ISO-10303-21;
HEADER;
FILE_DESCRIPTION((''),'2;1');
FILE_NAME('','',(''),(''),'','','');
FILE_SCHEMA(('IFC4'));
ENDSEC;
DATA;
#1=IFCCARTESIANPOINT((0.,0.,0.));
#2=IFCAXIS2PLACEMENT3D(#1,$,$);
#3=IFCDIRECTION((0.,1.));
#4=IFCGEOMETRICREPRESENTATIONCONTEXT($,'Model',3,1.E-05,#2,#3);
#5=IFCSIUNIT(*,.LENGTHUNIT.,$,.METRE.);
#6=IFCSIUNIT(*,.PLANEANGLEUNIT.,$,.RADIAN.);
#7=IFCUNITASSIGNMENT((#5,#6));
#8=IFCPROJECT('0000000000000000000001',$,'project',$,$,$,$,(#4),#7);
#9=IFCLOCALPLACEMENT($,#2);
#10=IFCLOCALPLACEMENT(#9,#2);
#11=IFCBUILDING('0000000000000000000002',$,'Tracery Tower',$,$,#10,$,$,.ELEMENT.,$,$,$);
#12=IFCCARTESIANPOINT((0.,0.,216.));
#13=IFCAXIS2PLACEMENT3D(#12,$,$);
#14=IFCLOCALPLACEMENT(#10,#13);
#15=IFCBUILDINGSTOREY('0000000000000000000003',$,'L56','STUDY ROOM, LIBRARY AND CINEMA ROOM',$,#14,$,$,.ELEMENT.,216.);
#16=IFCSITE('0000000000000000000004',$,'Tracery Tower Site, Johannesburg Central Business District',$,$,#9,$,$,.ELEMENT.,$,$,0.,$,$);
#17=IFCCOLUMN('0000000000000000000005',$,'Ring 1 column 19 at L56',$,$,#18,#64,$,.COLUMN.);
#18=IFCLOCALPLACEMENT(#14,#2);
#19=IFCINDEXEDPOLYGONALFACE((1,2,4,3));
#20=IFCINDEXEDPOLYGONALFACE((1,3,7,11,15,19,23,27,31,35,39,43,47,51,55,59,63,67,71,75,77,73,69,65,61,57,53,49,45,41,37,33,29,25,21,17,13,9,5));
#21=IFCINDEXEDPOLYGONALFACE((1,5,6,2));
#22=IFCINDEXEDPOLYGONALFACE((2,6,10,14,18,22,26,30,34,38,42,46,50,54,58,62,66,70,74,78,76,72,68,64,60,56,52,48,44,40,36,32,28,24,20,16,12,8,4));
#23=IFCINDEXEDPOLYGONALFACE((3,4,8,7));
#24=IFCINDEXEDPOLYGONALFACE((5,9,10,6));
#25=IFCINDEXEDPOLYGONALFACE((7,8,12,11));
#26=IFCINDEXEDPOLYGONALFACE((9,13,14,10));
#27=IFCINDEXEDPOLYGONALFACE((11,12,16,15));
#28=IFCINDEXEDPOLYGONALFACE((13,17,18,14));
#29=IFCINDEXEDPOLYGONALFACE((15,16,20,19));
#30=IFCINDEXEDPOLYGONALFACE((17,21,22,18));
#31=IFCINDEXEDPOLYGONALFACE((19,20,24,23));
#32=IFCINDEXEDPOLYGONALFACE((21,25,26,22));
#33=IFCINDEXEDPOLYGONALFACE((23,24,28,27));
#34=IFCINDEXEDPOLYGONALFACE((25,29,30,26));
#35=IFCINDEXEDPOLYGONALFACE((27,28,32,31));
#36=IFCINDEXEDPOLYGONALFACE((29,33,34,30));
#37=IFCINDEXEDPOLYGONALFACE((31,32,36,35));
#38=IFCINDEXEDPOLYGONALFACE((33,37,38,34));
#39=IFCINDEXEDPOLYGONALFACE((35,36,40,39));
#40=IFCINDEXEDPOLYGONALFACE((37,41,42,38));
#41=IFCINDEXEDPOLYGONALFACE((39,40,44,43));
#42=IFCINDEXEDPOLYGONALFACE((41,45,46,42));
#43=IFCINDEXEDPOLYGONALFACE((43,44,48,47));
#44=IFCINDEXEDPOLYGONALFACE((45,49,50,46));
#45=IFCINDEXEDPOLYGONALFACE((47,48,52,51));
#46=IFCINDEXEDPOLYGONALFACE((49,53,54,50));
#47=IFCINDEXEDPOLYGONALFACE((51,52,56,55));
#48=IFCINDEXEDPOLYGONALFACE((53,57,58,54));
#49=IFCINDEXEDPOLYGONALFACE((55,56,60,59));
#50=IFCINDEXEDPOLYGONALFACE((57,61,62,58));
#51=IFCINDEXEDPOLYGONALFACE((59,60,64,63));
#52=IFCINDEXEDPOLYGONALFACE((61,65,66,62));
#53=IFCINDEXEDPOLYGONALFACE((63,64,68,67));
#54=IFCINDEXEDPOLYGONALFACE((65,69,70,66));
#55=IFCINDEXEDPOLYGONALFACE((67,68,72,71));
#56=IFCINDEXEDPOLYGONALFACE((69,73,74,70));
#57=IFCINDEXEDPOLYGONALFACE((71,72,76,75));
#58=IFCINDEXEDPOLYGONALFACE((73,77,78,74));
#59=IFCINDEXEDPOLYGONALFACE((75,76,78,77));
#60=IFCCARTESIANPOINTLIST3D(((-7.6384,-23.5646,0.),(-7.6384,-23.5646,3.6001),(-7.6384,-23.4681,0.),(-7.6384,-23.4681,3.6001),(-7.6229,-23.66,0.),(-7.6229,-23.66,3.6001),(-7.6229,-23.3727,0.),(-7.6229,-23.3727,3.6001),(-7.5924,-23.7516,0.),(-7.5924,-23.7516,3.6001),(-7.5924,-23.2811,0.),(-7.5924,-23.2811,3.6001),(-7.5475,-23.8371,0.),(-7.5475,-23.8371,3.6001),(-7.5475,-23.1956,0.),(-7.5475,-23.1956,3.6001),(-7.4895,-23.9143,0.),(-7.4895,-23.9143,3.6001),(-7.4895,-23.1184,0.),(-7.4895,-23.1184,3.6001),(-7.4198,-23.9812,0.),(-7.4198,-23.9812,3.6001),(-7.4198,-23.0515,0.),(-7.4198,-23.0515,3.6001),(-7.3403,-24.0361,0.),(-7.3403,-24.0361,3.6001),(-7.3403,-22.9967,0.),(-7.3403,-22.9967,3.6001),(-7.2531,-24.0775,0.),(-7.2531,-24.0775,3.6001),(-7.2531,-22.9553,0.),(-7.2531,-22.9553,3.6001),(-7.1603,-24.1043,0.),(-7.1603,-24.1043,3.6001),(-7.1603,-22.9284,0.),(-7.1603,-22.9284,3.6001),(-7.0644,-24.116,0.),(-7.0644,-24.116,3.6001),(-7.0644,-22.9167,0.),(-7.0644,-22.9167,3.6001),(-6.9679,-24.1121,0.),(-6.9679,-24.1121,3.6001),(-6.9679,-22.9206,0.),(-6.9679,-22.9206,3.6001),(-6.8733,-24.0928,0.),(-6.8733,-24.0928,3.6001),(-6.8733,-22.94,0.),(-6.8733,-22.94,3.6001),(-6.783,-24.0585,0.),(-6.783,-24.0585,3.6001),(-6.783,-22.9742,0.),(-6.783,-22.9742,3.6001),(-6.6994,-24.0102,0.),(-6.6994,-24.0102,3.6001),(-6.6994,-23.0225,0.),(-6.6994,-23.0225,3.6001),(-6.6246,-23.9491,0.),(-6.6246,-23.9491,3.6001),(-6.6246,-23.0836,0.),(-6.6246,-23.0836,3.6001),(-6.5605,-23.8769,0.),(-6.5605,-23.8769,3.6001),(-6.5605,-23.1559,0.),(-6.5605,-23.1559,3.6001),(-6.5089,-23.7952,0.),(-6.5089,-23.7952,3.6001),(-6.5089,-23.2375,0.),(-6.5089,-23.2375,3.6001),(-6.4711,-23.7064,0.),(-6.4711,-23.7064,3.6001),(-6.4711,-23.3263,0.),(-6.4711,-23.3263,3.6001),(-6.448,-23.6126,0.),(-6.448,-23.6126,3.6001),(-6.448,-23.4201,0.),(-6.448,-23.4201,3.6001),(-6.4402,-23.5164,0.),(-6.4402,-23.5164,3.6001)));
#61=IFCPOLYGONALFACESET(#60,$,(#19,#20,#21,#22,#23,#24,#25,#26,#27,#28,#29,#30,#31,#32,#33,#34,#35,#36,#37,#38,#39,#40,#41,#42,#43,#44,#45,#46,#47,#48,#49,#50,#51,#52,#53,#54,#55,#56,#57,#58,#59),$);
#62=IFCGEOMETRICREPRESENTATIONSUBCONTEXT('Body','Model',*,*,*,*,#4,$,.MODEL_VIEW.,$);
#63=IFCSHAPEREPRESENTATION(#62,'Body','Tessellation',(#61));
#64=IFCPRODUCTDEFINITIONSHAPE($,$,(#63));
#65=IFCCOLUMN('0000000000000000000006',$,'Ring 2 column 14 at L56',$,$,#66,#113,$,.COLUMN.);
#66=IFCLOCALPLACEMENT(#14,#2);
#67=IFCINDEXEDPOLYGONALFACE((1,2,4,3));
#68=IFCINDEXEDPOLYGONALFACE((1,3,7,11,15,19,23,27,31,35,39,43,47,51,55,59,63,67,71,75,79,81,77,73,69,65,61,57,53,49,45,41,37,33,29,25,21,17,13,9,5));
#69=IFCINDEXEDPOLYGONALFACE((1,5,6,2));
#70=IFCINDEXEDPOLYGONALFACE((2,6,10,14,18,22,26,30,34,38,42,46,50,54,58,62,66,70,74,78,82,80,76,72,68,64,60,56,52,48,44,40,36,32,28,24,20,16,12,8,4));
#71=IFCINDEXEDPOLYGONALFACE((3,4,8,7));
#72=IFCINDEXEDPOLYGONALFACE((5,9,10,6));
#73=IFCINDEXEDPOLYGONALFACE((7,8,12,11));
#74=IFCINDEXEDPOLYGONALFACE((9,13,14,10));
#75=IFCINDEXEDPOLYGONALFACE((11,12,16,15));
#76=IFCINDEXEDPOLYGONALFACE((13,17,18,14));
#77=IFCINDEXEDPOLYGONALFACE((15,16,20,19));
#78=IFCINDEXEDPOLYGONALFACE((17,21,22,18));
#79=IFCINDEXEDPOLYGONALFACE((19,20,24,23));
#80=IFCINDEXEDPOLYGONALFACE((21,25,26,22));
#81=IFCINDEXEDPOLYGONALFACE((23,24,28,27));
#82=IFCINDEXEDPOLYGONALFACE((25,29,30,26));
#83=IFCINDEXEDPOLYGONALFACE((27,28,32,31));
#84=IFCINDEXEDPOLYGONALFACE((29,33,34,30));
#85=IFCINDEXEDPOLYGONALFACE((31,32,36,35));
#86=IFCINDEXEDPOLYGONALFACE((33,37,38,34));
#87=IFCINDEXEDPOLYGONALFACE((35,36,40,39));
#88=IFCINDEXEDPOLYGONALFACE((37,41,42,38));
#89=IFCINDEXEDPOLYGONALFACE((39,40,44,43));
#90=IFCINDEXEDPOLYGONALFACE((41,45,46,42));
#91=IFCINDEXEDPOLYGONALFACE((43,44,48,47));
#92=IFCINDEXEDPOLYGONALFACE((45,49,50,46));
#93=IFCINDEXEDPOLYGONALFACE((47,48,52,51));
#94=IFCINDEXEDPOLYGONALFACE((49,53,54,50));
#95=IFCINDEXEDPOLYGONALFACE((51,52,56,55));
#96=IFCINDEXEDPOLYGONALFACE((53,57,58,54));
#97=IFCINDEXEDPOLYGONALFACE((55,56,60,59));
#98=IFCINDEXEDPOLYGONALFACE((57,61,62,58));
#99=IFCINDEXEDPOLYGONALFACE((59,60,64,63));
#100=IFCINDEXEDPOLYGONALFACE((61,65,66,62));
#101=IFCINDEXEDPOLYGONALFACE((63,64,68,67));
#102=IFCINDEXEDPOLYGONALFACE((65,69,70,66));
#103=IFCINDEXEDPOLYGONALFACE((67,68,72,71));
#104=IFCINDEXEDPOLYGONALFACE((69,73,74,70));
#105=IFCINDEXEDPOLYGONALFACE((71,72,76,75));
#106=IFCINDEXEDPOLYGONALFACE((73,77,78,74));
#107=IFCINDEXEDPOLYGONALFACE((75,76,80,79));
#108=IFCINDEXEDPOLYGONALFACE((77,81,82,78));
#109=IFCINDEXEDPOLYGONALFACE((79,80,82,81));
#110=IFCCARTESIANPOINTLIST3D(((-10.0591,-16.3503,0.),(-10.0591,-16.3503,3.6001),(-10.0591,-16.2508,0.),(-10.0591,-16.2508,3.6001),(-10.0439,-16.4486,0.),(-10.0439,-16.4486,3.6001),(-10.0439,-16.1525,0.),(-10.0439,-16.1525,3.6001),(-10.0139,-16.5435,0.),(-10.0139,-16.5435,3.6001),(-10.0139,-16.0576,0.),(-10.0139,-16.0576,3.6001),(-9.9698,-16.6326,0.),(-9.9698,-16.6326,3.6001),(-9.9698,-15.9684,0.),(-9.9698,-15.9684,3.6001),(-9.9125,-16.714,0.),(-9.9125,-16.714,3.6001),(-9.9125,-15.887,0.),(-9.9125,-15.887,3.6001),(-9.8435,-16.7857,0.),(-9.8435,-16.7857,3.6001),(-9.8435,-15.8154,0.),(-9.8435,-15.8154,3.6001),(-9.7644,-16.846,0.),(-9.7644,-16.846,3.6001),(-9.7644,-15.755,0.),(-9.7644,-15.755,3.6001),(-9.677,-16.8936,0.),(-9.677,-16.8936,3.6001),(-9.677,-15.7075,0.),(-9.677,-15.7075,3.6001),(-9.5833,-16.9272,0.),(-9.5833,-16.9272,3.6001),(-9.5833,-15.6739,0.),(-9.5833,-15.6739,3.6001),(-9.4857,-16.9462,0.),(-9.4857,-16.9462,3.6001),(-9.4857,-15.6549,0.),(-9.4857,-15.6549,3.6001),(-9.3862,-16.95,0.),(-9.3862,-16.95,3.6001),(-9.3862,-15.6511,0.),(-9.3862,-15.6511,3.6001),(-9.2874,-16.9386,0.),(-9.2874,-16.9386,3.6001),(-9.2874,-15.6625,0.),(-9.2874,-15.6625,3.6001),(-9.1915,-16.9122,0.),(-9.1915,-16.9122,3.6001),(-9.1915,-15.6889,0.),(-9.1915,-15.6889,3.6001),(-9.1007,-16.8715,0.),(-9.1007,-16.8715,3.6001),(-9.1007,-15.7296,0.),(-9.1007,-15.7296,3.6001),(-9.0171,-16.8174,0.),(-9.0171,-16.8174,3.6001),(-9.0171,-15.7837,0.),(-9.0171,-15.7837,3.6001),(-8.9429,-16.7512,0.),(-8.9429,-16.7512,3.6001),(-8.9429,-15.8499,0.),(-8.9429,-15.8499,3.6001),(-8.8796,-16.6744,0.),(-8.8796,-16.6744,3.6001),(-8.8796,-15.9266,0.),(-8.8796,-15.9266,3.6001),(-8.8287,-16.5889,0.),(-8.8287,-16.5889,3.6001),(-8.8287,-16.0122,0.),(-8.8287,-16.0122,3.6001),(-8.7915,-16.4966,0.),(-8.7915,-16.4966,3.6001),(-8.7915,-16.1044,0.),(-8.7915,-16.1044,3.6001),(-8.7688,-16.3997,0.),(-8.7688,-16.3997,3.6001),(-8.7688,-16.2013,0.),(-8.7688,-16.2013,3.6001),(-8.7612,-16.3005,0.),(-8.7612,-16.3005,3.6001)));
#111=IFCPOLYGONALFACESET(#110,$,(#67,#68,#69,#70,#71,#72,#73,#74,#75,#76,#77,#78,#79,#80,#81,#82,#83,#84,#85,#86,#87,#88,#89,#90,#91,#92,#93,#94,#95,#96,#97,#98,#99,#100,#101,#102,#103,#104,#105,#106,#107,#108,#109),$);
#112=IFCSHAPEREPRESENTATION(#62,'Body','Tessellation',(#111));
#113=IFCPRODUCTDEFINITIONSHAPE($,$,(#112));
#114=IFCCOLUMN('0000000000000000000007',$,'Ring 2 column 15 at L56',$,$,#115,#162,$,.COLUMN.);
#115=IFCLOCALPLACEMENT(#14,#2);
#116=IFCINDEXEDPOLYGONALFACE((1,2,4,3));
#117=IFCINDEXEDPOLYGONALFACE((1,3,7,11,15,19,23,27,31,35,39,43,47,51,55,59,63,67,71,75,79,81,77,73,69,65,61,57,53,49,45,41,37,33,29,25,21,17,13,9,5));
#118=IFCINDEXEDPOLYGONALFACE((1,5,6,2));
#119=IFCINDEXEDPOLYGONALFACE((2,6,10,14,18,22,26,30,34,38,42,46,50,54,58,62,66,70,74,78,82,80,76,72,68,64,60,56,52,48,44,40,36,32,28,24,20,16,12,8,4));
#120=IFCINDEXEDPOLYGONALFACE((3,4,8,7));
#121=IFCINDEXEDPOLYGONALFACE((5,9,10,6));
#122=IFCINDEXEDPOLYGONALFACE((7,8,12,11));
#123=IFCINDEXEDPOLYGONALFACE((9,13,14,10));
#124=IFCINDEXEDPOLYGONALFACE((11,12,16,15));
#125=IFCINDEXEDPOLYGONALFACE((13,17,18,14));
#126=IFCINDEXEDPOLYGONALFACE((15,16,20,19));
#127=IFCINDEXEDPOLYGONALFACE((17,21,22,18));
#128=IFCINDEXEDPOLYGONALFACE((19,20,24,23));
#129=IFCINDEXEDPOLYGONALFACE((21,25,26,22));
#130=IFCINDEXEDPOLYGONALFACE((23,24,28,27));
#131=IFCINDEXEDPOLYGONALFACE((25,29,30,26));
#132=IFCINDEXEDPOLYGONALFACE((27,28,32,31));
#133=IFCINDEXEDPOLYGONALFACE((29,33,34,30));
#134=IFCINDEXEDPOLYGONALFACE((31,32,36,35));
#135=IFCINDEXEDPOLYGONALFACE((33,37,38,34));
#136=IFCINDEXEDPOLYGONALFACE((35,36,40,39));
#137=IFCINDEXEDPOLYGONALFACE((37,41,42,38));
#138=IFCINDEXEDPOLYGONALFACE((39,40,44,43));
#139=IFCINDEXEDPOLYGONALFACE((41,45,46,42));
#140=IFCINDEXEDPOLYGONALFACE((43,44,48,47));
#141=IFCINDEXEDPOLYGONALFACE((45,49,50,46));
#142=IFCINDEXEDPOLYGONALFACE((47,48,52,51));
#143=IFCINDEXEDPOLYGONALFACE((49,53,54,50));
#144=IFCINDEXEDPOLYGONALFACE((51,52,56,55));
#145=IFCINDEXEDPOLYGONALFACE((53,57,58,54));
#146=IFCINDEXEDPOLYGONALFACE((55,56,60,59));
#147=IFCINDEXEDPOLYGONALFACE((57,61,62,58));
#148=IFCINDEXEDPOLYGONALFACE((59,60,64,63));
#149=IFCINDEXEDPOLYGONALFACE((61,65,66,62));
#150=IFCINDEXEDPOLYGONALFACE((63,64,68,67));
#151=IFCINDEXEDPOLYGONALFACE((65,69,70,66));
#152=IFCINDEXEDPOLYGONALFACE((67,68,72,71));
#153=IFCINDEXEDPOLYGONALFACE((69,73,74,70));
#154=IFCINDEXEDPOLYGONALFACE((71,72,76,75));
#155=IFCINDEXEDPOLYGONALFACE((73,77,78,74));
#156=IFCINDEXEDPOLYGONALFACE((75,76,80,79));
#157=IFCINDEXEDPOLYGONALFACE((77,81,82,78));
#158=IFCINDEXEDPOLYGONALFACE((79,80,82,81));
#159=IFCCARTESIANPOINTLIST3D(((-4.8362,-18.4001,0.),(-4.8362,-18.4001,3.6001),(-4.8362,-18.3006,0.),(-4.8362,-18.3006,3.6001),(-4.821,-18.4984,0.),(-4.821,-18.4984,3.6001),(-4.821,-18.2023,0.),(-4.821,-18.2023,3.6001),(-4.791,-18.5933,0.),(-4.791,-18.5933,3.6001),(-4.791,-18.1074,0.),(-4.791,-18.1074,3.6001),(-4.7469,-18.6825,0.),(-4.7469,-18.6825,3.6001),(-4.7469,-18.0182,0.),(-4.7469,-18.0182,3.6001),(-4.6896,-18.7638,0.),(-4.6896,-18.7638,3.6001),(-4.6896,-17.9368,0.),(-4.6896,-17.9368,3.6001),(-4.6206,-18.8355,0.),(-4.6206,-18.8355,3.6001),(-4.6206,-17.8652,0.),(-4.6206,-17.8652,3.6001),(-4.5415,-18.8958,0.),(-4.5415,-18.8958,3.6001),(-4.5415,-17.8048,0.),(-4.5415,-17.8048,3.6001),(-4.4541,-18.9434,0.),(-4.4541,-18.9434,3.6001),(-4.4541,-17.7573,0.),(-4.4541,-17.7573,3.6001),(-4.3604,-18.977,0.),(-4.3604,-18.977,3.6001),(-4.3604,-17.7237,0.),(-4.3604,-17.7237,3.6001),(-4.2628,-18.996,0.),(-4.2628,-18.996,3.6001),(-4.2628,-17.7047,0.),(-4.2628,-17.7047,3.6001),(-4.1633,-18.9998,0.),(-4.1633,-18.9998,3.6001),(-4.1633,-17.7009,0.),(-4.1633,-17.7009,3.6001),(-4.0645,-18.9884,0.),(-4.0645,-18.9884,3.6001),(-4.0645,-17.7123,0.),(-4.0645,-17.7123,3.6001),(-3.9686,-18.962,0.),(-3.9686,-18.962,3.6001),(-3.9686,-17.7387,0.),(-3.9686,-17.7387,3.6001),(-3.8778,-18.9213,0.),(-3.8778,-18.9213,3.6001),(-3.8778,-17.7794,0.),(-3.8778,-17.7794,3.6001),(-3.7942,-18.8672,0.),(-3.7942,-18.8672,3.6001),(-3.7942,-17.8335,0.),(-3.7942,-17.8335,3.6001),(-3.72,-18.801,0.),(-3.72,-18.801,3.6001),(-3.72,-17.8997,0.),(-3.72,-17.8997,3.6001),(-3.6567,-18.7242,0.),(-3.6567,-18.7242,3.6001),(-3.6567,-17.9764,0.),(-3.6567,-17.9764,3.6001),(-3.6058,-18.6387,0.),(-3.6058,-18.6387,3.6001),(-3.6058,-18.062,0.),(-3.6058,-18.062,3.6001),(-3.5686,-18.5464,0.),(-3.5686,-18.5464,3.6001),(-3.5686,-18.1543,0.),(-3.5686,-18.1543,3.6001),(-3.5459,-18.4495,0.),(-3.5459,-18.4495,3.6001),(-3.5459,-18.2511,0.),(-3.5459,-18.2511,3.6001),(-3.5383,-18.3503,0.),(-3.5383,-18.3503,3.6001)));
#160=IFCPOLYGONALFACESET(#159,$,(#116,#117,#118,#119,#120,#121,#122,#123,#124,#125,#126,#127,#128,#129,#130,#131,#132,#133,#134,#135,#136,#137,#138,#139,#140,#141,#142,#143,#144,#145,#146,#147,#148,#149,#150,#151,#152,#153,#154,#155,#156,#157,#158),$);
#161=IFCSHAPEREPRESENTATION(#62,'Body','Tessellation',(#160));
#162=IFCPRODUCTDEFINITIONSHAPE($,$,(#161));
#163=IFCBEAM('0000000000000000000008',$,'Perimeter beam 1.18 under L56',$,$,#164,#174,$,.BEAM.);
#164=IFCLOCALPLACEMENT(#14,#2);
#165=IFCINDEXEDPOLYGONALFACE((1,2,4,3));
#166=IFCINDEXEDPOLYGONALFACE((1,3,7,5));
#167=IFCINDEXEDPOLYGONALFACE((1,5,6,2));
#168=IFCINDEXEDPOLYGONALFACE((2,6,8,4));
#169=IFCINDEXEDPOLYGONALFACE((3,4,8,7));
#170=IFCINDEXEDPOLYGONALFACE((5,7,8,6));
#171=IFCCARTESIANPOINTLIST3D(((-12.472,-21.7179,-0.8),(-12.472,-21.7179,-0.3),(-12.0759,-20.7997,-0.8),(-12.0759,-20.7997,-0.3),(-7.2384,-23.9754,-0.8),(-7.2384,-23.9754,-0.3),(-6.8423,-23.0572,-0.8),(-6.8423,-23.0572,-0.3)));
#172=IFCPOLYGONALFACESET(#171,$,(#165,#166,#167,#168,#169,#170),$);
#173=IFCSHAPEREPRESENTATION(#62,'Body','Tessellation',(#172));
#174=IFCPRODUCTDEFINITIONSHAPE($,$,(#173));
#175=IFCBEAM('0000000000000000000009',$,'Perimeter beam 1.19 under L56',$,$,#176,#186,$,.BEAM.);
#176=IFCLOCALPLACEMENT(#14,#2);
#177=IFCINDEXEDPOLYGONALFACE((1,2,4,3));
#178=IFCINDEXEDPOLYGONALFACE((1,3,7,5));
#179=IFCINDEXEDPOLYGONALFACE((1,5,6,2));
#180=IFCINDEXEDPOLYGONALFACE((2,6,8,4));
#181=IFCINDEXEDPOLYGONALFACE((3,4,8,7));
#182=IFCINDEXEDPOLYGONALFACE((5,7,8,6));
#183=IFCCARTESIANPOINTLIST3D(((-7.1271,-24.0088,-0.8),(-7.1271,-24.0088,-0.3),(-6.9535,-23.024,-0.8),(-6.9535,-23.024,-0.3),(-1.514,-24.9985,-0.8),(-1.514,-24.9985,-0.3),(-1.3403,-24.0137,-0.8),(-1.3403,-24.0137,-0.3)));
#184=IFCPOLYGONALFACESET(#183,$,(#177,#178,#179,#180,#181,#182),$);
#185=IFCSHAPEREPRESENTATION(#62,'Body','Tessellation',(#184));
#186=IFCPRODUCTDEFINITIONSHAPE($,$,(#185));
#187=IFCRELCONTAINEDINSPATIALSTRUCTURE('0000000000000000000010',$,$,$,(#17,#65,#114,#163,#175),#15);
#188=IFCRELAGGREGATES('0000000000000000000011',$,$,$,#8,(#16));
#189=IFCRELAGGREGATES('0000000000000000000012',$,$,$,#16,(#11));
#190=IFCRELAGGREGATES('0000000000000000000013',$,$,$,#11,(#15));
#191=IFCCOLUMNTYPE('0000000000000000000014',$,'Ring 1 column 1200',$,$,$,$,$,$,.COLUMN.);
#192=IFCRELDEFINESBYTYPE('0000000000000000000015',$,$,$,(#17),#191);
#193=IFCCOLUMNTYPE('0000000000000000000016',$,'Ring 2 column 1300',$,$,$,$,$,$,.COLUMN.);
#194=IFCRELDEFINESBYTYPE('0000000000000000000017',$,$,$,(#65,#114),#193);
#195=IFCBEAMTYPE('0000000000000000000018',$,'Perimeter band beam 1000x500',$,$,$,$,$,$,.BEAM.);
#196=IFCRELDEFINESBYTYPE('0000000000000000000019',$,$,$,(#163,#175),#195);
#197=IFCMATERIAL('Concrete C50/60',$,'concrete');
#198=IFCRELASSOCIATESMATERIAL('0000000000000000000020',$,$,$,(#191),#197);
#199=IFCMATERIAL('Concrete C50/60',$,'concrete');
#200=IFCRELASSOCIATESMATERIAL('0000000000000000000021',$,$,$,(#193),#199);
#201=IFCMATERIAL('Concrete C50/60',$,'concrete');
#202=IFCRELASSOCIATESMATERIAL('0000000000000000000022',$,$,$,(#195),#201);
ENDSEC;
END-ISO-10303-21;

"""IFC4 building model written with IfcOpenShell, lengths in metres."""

from ifc_helpers import new_model, si_unit, direction, frame, origin, origin_2d, place, context, subcontext, project, spatial, rectangle, circle, extrude, material, material_profile, profile_set, type_object, element, save


model = new_model("IFC4")

# Units and contexts
model_context = context("Model", 3, precision=1e-05, world=origin(), true_north=direction((0.0, 1.0)))
body_context = subcontext(model_context, "Body", "Model", "MODEL_VIEW")
ifc_project = project(units=[si_unit("LENGTHUNIT", "METRE"), si_unit("PLANEANGLEUNIT", "RADIAN")], contexts=[model_context])

# Site, building, storey
site_placement = place(None, origin())
site = spatial("IfcSite", under=ifc_project, at=site_placement, Name="Tracery Tower Site, Johannesburg Central Business District", CompositionType="ELEMENT", RefElevation=0.0)
building_placement = place(site_placement, origin())
building = spatial("IfcBuilding", under=site, at=building_placement, Name="Tracery Tower", CompositionType="ELEMENT")
storey_placement = place(building_placement, frame((0.0, 0.0, 216.0)))
storey = spatial("IfcBuildingStorey", under=building, at=storey_placement, Name="L56", Description="STUDY ROOM, LIBRARY AND CINEMA ROOM", CompositionType="ELEMENT", Elevation=216.0)

# Columns
ifc_material_1 = material(Name="Concrete C50/60", Category="concrete")
ifc_material_profile_1 = material_profile(ifc_material_1, circle(Radius=0.6001, at=origin_2d()), Name="RC D1200")
ifc_profile_set_1 = profile_set([ifc_material_profile_1], Name="Concrete C50/60")
column_type_1 = type_object("IfcColumnType", Name="Ring 1 column 1200", PredefinedType="COLUMN", material=ifc_profile_set_1)
column_placement = place(storey_placement, frame((-7.0403, -23.5164, 0.0), z_axis=(0.0, 0.0, 1.0), x_axis=(1.0, 0.0, 0.0)))
element("IfcColumn", 1, at=column_placement, inside=storey, type_object=column_type_1, Name="Ring 1 column 19 at L56", PredefinedType="COLUMN", context=body_context, shape_type="SweptSolid", body=[
    extrude(circle(Radius=0.6001, at=origin_2d()), origin(), (0.0, 0.0, 1.0), 3.6001),
])
ifc_material_2 = material(Name="Concrete C50/60", Category="concrete")
ifc_material_profile_2 = material_profile(ifc_material_2, circle(Radius=0.6499, at=origin_2d()), Name="RC D1300")
ifc_profile_set_2 = profile_set([ifc_material_profile_2], Name="Concrete C50/60")
column_type_2 = type_object("IfcColumnType", Name="Ring 2 column 1300", PredefinedType="COLUMN", material=ifc_profile_set_2)
for number, where, z_axis, x_axis, name in (
    (2, (-9.4111, -16.3005, 0.0), (0.0, 0.0, 1.0), (1.0, 0.0, 0.0), "Ring 2 column 14 at L56"),
    (3, (-4.1882, -18.3503, 0.0), (0.0, 0.0, 1.0), (1.0, 0.0, 0.0), "Ring 2 column 15 at L56"),
):
    element("IfcColumn", number, at=place(storey_placement, frame(where, z_axis=z_axis, x_axis=x_axis)), inside=storey, type_object=column_type_2, Name=name, PredefinedType="COLUMN", context=body_context, shape_type="SweptSolid", body=[
        extrude(circle(Radius=0.6499, at=origin_2d()), origin(), (0.0, 0.0, 1.0), 3.6001),
    ])

# Beams
ifc_material_3 = material(Name="Concrete C50/60", Category="concrete")
ifc_material_profile_3 = material_profile(ifc_material_3, rectangle(XDim=1.0, YDim=0.5, at=origin_2d()), Name="RC 1000x500")
ifc_profile_set_3 = profile_set([ifc_material_profile_3], Name="Concrete C50/60")
beam_type = type_object("IfcBeamType", Name="Perimeter band beam 1000x500", PredefinedType="BEAM", material=ifc_profile_set_3)
for number, where, z_axis, x_axis, name in (
    (4, (-12.2739, -21.2588, -0.55), (0.918216, -0.396079, 0.0), (0.396079, 0.918216, 0.0), "Perimeter beam 1.18 under L56"),
    (5, (-7.0403, -23.5164, -0.55), (0.984807, -0.173651, 0.0), (0.173651, 0.984807, 0.0), "Perimeter beam 1.19 under L56"),
):
    element("IfcBeam", number, at=place(storey_placement, frame(where, z_axis=z_axis, x_axis=x_axis)), inside=storey, type_object=beam_type, Name=name, PredefinedType="BEAM", context=body_context, shape_type="SweptSolid", body=[
        extrude(rectangle(XDim=1.0, YDim=0.5, at=origin_2d()), origin(), (0.0, 0.0, 1.0), 5.6997),
    ])

save(model, "model.ifc")
